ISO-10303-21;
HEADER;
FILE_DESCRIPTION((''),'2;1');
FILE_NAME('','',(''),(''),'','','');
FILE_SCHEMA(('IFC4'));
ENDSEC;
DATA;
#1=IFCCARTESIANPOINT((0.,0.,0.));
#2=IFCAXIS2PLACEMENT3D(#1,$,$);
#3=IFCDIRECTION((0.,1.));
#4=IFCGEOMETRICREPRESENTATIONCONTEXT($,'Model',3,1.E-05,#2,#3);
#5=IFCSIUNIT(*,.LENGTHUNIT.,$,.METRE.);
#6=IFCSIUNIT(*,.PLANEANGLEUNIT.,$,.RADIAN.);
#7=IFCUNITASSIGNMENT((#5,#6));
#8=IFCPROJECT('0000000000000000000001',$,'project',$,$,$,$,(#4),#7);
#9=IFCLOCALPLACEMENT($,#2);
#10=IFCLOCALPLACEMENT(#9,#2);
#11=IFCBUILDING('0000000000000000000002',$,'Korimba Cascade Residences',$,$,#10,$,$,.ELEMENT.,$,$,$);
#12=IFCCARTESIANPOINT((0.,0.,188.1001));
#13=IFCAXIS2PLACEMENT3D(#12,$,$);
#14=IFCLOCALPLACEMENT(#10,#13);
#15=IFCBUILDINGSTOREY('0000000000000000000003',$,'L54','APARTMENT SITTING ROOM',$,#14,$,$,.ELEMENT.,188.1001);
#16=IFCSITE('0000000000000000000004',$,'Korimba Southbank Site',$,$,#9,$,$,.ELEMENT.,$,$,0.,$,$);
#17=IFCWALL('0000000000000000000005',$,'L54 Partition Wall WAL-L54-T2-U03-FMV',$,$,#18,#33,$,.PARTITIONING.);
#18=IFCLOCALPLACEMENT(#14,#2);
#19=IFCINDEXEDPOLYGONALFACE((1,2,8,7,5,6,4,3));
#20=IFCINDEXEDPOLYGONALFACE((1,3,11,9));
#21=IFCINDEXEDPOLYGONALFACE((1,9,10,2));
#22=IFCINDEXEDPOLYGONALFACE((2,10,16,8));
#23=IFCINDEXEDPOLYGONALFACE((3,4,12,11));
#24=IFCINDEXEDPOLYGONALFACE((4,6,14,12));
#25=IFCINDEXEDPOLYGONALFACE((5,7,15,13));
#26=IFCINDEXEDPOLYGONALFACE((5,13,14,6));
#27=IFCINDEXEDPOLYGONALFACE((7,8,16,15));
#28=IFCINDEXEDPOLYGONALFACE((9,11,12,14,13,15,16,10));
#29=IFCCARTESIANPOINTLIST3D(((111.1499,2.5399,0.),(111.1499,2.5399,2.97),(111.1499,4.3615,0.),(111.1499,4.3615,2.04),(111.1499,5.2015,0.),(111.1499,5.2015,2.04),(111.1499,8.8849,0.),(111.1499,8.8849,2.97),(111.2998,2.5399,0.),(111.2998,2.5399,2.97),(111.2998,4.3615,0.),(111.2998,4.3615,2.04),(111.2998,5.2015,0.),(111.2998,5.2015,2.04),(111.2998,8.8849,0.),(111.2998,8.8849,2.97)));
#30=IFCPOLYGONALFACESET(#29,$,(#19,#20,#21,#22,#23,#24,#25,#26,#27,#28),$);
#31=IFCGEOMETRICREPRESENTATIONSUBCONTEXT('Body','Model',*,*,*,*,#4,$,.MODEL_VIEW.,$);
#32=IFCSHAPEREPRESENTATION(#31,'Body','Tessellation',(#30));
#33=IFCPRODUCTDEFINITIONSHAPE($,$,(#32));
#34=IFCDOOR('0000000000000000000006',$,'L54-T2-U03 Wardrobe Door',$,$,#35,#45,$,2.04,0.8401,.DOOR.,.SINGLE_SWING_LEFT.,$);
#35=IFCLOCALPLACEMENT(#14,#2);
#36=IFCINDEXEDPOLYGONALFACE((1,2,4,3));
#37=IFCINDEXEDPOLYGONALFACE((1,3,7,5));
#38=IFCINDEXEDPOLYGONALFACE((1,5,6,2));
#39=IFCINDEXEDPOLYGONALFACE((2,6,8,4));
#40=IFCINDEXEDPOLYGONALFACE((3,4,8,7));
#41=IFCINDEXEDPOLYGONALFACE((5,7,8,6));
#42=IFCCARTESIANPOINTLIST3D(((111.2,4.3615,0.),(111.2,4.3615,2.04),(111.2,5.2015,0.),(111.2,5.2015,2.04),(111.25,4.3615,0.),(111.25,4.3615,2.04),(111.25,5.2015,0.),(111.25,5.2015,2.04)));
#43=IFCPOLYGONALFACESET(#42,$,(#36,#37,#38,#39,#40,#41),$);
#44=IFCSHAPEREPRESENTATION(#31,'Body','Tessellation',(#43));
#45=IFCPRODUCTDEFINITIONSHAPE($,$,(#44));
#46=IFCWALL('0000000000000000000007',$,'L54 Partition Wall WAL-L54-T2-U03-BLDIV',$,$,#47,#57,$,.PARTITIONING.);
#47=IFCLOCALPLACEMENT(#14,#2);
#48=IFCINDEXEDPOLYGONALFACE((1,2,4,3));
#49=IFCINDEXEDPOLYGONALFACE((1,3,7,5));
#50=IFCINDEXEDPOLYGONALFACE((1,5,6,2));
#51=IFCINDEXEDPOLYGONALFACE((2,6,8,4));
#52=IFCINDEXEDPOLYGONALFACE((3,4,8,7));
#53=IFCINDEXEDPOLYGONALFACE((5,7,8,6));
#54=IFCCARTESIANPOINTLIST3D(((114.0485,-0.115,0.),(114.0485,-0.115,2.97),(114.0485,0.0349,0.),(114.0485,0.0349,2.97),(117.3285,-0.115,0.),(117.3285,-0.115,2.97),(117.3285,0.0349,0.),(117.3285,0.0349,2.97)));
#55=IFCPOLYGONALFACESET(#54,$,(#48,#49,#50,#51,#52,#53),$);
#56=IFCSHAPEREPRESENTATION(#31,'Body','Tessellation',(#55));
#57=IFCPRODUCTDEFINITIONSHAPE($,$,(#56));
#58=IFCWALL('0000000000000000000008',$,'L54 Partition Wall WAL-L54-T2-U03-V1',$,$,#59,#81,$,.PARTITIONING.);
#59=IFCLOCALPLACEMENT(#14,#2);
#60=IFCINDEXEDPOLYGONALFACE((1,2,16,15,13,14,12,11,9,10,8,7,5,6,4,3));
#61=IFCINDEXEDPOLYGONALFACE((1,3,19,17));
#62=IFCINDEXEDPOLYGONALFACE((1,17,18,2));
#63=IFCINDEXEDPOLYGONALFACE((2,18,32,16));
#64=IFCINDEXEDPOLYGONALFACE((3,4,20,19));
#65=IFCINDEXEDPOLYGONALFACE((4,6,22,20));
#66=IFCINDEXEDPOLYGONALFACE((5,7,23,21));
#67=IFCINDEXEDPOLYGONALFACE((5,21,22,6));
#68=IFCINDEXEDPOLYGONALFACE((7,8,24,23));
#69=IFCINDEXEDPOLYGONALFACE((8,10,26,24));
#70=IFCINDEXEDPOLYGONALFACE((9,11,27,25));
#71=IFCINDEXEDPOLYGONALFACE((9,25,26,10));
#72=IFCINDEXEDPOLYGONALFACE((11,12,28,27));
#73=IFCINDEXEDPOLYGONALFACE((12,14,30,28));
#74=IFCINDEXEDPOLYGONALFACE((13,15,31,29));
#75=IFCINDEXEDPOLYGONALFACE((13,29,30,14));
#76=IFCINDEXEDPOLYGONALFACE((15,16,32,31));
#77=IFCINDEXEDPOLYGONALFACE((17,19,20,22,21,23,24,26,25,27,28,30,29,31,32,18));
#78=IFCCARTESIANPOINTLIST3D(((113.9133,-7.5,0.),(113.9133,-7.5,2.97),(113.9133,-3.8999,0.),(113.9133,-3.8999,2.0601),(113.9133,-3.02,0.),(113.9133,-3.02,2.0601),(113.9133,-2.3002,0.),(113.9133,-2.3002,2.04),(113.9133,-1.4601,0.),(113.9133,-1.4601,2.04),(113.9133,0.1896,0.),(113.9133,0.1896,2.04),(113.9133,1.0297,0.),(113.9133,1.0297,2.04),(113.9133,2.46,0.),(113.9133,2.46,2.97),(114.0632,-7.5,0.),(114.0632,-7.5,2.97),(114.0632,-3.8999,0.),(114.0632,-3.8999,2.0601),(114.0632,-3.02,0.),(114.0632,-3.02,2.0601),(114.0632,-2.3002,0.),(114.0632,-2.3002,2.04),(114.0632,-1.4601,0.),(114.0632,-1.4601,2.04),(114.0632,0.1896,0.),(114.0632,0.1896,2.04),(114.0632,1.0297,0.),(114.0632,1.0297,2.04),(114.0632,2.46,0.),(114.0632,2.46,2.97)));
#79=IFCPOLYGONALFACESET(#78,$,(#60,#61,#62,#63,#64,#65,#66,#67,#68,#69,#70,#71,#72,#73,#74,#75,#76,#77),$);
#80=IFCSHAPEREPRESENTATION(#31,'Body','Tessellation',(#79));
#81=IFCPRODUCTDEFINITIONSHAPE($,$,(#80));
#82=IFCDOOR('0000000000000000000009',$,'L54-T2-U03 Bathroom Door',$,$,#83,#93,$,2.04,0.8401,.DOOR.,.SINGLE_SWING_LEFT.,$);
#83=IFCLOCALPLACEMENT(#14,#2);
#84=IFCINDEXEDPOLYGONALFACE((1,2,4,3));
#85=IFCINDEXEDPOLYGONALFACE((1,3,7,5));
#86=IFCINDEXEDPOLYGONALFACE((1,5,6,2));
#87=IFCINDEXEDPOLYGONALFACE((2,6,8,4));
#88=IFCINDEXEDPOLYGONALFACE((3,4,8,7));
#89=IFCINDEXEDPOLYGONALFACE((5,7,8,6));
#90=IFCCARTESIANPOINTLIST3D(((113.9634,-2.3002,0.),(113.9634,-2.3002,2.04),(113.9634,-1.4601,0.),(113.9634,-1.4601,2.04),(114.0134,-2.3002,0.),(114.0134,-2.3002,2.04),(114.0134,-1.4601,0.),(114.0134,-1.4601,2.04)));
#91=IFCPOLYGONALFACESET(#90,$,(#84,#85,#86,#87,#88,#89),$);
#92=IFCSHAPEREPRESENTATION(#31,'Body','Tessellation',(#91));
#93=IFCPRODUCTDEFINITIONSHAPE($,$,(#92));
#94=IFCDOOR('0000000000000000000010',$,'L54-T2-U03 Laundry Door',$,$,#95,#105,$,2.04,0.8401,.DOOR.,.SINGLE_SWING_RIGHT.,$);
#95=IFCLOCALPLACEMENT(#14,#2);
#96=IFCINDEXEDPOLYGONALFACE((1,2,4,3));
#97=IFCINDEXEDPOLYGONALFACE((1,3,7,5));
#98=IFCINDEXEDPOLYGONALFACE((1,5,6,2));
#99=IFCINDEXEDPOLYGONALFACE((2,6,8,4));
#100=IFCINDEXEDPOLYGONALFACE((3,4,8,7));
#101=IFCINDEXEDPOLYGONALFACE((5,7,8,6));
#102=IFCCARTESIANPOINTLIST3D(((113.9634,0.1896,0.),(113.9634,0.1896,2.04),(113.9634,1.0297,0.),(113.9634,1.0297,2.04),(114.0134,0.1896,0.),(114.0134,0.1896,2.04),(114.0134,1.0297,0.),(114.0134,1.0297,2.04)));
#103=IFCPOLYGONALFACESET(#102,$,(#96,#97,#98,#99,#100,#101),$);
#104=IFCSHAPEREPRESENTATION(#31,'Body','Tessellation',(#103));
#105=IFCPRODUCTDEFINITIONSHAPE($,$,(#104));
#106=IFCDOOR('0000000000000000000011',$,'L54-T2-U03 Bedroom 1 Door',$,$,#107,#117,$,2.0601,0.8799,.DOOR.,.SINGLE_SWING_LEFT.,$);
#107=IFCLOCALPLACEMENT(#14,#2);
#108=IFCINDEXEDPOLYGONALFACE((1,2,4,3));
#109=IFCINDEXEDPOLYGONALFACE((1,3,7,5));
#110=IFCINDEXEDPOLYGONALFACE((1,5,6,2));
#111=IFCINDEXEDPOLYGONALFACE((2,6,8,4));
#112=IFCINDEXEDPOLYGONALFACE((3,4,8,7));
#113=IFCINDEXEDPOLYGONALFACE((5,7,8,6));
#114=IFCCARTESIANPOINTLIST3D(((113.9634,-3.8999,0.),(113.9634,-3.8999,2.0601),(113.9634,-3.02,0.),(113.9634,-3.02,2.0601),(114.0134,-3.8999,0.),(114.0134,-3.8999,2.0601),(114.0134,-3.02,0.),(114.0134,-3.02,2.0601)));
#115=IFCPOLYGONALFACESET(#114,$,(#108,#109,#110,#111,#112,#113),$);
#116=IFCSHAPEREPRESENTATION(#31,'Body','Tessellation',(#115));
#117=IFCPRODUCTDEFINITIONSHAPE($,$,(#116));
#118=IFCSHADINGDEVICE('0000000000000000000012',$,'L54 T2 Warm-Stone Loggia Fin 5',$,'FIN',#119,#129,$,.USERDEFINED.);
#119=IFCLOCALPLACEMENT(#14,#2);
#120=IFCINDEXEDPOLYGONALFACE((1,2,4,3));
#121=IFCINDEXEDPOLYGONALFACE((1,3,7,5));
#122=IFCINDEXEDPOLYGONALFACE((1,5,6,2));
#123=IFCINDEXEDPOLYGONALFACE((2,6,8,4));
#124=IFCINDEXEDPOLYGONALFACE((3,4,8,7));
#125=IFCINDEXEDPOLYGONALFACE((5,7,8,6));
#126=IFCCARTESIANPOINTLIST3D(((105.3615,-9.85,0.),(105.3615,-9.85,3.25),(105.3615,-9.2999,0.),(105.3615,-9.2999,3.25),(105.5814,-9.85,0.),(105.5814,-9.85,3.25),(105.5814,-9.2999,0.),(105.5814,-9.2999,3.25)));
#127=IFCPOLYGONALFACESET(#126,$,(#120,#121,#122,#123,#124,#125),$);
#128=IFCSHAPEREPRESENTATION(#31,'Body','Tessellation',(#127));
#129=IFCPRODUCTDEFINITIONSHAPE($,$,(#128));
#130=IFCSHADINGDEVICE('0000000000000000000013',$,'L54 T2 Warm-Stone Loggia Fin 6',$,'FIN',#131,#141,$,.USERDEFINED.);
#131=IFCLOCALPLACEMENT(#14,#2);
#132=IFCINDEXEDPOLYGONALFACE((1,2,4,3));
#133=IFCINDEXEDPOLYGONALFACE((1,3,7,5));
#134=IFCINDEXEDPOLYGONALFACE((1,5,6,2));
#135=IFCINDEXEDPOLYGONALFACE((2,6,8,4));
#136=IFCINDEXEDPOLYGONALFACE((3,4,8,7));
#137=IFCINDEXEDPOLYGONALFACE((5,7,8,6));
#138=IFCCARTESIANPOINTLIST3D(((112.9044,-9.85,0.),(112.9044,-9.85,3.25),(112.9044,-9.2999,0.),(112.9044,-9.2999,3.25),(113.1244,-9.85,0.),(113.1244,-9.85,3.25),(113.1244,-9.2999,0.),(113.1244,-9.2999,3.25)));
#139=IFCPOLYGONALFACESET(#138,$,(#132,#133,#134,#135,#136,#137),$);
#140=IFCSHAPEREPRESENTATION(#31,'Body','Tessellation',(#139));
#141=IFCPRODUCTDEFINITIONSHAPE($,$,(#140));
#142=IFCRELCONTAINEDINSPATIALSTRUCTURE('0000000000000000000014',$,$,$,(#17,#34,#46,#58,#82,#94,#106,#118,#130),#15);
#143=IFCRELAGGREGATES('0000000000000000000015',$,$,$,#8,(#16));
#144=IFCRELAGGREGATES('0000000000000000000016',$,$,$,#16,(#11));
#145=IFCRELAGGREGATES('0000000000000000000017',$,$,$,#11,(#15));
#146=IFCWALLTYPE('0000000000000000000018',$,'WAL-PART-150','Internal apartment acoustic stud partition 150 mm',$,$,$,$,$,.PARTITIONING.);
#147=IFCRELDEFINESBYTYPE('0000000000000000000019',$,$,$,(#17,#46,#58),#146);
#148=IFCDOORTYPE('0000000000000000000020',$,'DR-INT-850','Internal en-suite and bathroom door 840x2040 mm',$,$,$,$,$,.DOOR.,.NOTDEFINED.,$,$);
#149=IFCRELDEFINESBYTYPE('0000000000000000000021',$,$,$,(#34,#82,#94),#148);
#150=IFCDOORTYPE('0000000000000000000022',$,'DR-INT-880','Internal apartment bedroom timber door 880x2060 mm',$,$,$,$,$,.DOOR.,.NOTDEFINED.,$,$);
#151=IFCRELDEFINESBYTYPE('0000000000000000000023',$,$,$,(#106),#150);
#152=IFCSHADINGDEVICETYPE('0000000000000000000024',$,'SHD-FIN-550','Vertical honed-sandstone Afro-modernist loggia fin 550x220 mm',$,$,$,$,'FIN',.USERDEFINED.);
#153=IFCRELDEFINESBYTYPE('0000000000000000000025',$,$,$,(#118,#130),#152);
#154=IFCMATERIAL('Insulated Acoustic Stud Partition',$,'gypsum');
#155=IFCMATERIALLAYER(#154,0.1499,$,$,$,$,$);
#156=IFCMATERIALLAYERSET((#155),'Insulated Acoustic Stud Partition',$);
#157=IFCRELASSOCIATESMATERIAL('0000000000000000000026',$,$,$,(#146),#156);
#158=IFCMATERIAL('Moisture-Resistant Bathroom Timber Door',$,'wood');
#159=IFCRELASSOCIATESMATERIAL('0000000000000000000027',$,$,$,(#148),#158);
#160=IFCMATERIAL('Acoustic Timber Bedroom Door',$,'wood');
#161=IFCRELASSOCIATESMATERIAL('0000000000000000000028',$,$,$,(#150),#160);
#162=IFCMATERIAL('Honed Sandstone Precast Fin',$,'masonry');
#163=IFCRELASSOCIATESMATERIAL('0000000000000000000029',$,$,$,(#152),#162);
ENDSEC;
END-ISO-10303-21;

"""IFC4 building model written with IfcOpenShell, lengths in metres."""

from ifc_helpers import new_model, si_unit, direction, frame, frame_2d, origin, origin_2d, place, context, subcontext, project, spatial, rectangle, extrude, material, layer, layer_set, type_object, element, fill, save


model = new_model("IFC4")

# Units and contexts
model_context = context("Model", 3, precision=1e-05, world=origin(), true_north=direction((0.0, 1.0)))
body_context = subcontext(model_context, "Body", "Model", "MODEL_VIEW")
ifc_project = project(units=[si_unit("LENGTHUNIT", "METRE"), si_unit("PLANEANGLEUNIT", "RADIAN")], contexts=[model_context])

# Site, building, storey
site_placement = place(None, origin())
site = spatial("IfcSite", under=ifc_project, at=site_placement, Name="Korimba Southbank Site", CompositionType="ELEMENT", RefElevation=0.0)
building_placement = place(site_placement, origin())
building = spatial("IfcBuilding", under=site, at=building_placement, Name="Korimba Cascade Residences", CompositionType="ELEMENT")
storey_placement = place(building_placement, frame((0.0, 0.0, 188.1001)))
storey = spatial("IfcBuildingStorey", under=building, at=storey_placement, Name="L54", Description="APARTMENT SITTING ROOM", CompositionType="ELEMENT", Elevation=188.1001)

# Wall, opening, door
ifc_material_1 = material(Name="Insulated Acoustic Stud Partition", Category="gypsum")
ifc_layer_1 = layer(ifc_material_1, 0.1499)
ifc_layer_set_1 = layer_set([ifc_layer_1], Name="Insulated Acoustic Stud Partition")
wall_type_1 = type_object("IfcWallType", Name="WAL-PART-150", Description="Internal apartment acoustic stud partition 150 mm", PredefinedType="PARTITIONING", material=ifc_layer_set_1)
wall_1_placement = place(storey_placement, frame((111.2249, 2.54, 0.0), z_axis=(0.0, 0.0, 1.0), x_axis=(0.0, 1.0, 0.0)))
wall_1 = element("IfcWall", 1, at=wall_1_placement, inside=storey, type_object=wall_type_1, Name="L54 Partition Wall WAL-L54-T2-U03-FMV", PredefinedType="PARTITIONING", context=body_context, shape_type="SweptSolid", body=[
    extrude(rectangle(XDim=6.345, YDim=0.1499, at=frame_2d((3.1724, 0.0))), origin(), (0.0, 0.0, 1.0), 2.97),
])
opening_1_placement = place(wall_1_placement, frame((1.8215, 0.0, 0.0)))
opening_1 = element("IfcOpeningElement", 2, at=opening_1_placement, cuts=wall_1, PredefinedType="OPENING", context=body_context, shape_type="SweptSolid", body=[
    extrude(rectangle(XDim=0.8401, YDim=2.04, at=frame_2d((0.4199, 1.02))), frame((0.0, 0.085, 0.0), z_axis=(0.0, -1.0, 0.0), x_axis=(1.0, 0.0, 0.0)), (0.0, 0.0, 1.0), 0.1699),
])
ifc_material_2 = material(Name="Moisture-Resistant Bathroom Timber Door", Category="wood")
door_type_1 = type_object("IfcDoorType", Name="DR-INT-850", Description="Internal en-suite and bathroom door 840x2040 mm", OperationType="NOTDEFINED", PredefinedType="DOOR", material=ifc_material_2)
door_1_placement = place(opening_1_placement, origin())
door_1 = element("IfcDoor", 3, at=door_1_placement, inside=storey, type_object=door_type_1, Name="L54-T2-U03 Wardrobe Door", OperationType="SINGLE_SWING_LEFT", OverallHeight=2.04, OverallWidth=0.8401, PredefinedType="DOOR", context=body_context, shape_type="SweptSolid", body=[
    extrude(rectangle(XDim=0.8401, YDim=2.04, at=frame_2d((0.4199, 1.02))), frame((0.0, 0.0249, 0.0), z_axis=(0.0, -1.0, 0.0), x_axis=(1.0, 0.0, 0.0)), (0.0, 0.0, 1.0), 0.05),
])
fill(opening_1, door_1)

# Wall
wall_2_placement = place(storey_placement, frame((114.0483, -0.04, 0.0), z_axis=(0.0, 0.0, 1.0), x_axis=(1.0, 0.0, 0.0)))
element("IfcWall", 4, at=wall_2_placement, inside=storey, type_object=wall_type_1, Name="L54 Partition Wall WAL-L54-T2-U03-BLDIV", PredefinedType="PARTITIONING", context=body_context, shape_type="SweptSolid", body=[
    extrude(rectangle(XDim=3.28, YDim=0.1499, at=frame_2d((1.6401, 0.0))), origin(), (0.0, 0.0, 1.0), 2.97),
])

# Wall, openings, doors
wall_3_placement = place(storey_placement, frame((113.9883, -7.5, 0.0), z_axis=(0.0, 0.0, 1.0), x_axis=(0.0, 1.0, 0.0)))
wall_3 = element("IfcWall", 5, at=wall_3_placement, inside=storey, type_object=wall_type_1, Name="L54 Partition Wall WAL-L54-T2-U03-V1", PredefinedType="PARTITIONING", context=body_context, shape_type="SweptSolid", body=[
    extrude(rectangle(XDim=9.96, YDim=0.1499, at=frame_2d((4.98, 0.0))), origin(), (0.0, 0.0, 1.0), 2.97),
])
opening_2_placement = place(wall_3_placement, frame((5.2, 0.0, 0.0)))
opening_2 = element("IfcOpeningElement", 6, at=opening_2_placement, cuts=wall_3, PredefinedType="OPENING", context=body_context, shape_type="SweptSolid", body=[
    extrude(rectangle(XDim=0.8401, YDim=2.04, at=frame_2d((0.4199, 1.02))), frame((0.0, 0.085, 0.0), z_axis=(0.0, -1.0, 0.0), x_axis=(1.0, 0.0, 0.0)), (0.0, 0.0, 1.0), 0.1699),
])
opening_3_placement = place(wall_3_placement, frame((7.6897, 0.0, 0.0)))
opening_3 = element("IfcOpeningElement", 7, at=opening_3_placement, cuts=wall_3, PredefinedType="OPENING", context=body_context, shape_type="SweptSolid", body=[
    extrude(rectangle(XDim=0.8401, YDim=2.04, at=frame_2d((0.4199, 1.02))), frame((0.0, 0.085, 0.0), z_axis=(0.0, -1.0, 0.0), x_axis=(1.0, 0.0, 0.0)), (0.0, 0.0, 1.0), 0.1699),
])
opening_4_placement = place(wall_3_placement, frame((3.6001, 0.0, 0.0)))
opening_4 = element("IfcOpeningElement", 8, at=opening_4_placement, cuts=wall_3, PredefinedType="OPENING", context=body_context, shape_type="SweptSolid", body=[
    extrude(rectangle(XDim=0.8799, YDim=2.0601, at=frame_2d((0.4399, 1.03))), frame((0.0, 0.085, 0.0), z_axis=(0.0, -1.0, 0.0), x_axis=(1.0, 0.0, 0.0)), (0.0, 0.0, 1.0), 0.1699),
])
door_2_placement = place(opening_2_placement, origin())
door_2 = element("IfcDoor", 9, at=door_2_placement, inside=storey, type_object=door_type_1, Name="L54-T2-U03 Bathroom Door", OperationType="SINGLE_SWING_LEFT", OverallHeight=2.04, OverallWidth=0.8401, PredefinedType="DOOR", context=body_context, shape_type="SweptSolid", body=[
    extrude(rectangle(XDim=0.8401, YDim=2.04, at=frame_2d((0.4199, 1.02))), frame((0.0, 0.0249, 0.0), z_axis=(0.0, -1.0, 0.0), x_axis=(1.0, 0.0, 0.0)), (0.0, 0.0, 1.0), 0.05),
])
fill(opening_2, door_2)
door_3_placement = place(opening_3_placement, origin())
door_3 = element("IfcDoor", 10, at=door_3_placement, inside=storey, type_object=door_type_1, Name="L54-T2-U03 Laundry Door", OperationType="SINGLE_SWING_RIGHT", OverallHeight=2.04, OverallWidth=0.8401, PredefinedType="DOOR", context=body_context, shape_type="SweptSolid", body=[
    extrude(rectangle(XDim=0.8401, YDim=2.04, at=frame_2d((0.4199, 1.02))), frame((0.0, 0.0249, 0.0), z_axis=(0.0, -1.0, 0.0), x_axis=(1.0, 0.0, 0.0)), (0.0, 0.0, 1.0), 0.05),
])
fill(opening_3, door_3)
ifc_material_3 = material(Name="Acoustic Timber Bedroom Door", Category="wood")
door_type_2 = type_object("IfcDoorType", Name="DR-INT-880", Description="Internal apartment bedroom timber door 880x2060 mm", OperationType="NOTDEFINED", PredefinedType="DOOR", material=ifc_material_3)
door_4_placement = place(opening_4_placement, origin())
door_4 = element("IfcDoor", 11, at=door_4_placement, inside=storey, type_object=door_type_2, Name="L54-T2-U03 Bedroom 1 Door", OperationType="SINGLE_SWING_LEFT", OverallHeight=2.0601, OverallWidth=0.8799, PredefinedType="DOOR", context=body_context, shape_type="SweptSolid", body=[
    extrude(rectangle(XDim=0.8799, YDim=2.0601, at=frame_2d((0.4399, 1.03))), frame((0.0, 0.0249, 0.0), z_axis=(0.0, -1.0, 0.0), x_axis=(1.0, 0.0, 0.0)), (0.0, 0.0, 1.0), 0.05),
])
fill(opening_4, door_4)

# Shading devices
ifc_material_4 = material(Name="Honed Sandstone Precast Fin", Category="masonry")
shading_device_type = type_object("IfcShadingDeviceType", Name="SHD-FIN-550", Description="Vertical honed-sandstone Afro-modernist loggia fin 550x220 mm", ElementType="FIN", PredefinedType="USERDEFINED", material=ifc_material_4)
for number, where, z_axis, x_axis, name in (
    (12, (105.4714, -9.575, 0.0), (0.0, 0.0, 1.0), (1.0, 0.0, 0.0), "L54 T2 Warm-Stone Loggia Fin 5"),
    (13, (113.0144, -9.575, 0.0), (0.0, 0.0, 1.0), (1.0, 0.0, 0.0), "L54 T2 Warm-Stone Loggia Fin 6"),
):
    element("IfcShadingDevice", number, at=place(storey_placement, frame(where, z_axis=z_axis, x_axis=x_axis)), inside=storey, type_object=shading_device_type, Name=name, ObjectType="FIN", PredefinedType="USERDEFINED", context=body_context, shape_type="SweptSolid", body=[
        extrude(rectangle(XDim=0.22, YDim=0.55, at=origin_2d()), origin(), (0.0, 0.0, 1.0), 3.25),
    ])

save(model, "model.ifc")
